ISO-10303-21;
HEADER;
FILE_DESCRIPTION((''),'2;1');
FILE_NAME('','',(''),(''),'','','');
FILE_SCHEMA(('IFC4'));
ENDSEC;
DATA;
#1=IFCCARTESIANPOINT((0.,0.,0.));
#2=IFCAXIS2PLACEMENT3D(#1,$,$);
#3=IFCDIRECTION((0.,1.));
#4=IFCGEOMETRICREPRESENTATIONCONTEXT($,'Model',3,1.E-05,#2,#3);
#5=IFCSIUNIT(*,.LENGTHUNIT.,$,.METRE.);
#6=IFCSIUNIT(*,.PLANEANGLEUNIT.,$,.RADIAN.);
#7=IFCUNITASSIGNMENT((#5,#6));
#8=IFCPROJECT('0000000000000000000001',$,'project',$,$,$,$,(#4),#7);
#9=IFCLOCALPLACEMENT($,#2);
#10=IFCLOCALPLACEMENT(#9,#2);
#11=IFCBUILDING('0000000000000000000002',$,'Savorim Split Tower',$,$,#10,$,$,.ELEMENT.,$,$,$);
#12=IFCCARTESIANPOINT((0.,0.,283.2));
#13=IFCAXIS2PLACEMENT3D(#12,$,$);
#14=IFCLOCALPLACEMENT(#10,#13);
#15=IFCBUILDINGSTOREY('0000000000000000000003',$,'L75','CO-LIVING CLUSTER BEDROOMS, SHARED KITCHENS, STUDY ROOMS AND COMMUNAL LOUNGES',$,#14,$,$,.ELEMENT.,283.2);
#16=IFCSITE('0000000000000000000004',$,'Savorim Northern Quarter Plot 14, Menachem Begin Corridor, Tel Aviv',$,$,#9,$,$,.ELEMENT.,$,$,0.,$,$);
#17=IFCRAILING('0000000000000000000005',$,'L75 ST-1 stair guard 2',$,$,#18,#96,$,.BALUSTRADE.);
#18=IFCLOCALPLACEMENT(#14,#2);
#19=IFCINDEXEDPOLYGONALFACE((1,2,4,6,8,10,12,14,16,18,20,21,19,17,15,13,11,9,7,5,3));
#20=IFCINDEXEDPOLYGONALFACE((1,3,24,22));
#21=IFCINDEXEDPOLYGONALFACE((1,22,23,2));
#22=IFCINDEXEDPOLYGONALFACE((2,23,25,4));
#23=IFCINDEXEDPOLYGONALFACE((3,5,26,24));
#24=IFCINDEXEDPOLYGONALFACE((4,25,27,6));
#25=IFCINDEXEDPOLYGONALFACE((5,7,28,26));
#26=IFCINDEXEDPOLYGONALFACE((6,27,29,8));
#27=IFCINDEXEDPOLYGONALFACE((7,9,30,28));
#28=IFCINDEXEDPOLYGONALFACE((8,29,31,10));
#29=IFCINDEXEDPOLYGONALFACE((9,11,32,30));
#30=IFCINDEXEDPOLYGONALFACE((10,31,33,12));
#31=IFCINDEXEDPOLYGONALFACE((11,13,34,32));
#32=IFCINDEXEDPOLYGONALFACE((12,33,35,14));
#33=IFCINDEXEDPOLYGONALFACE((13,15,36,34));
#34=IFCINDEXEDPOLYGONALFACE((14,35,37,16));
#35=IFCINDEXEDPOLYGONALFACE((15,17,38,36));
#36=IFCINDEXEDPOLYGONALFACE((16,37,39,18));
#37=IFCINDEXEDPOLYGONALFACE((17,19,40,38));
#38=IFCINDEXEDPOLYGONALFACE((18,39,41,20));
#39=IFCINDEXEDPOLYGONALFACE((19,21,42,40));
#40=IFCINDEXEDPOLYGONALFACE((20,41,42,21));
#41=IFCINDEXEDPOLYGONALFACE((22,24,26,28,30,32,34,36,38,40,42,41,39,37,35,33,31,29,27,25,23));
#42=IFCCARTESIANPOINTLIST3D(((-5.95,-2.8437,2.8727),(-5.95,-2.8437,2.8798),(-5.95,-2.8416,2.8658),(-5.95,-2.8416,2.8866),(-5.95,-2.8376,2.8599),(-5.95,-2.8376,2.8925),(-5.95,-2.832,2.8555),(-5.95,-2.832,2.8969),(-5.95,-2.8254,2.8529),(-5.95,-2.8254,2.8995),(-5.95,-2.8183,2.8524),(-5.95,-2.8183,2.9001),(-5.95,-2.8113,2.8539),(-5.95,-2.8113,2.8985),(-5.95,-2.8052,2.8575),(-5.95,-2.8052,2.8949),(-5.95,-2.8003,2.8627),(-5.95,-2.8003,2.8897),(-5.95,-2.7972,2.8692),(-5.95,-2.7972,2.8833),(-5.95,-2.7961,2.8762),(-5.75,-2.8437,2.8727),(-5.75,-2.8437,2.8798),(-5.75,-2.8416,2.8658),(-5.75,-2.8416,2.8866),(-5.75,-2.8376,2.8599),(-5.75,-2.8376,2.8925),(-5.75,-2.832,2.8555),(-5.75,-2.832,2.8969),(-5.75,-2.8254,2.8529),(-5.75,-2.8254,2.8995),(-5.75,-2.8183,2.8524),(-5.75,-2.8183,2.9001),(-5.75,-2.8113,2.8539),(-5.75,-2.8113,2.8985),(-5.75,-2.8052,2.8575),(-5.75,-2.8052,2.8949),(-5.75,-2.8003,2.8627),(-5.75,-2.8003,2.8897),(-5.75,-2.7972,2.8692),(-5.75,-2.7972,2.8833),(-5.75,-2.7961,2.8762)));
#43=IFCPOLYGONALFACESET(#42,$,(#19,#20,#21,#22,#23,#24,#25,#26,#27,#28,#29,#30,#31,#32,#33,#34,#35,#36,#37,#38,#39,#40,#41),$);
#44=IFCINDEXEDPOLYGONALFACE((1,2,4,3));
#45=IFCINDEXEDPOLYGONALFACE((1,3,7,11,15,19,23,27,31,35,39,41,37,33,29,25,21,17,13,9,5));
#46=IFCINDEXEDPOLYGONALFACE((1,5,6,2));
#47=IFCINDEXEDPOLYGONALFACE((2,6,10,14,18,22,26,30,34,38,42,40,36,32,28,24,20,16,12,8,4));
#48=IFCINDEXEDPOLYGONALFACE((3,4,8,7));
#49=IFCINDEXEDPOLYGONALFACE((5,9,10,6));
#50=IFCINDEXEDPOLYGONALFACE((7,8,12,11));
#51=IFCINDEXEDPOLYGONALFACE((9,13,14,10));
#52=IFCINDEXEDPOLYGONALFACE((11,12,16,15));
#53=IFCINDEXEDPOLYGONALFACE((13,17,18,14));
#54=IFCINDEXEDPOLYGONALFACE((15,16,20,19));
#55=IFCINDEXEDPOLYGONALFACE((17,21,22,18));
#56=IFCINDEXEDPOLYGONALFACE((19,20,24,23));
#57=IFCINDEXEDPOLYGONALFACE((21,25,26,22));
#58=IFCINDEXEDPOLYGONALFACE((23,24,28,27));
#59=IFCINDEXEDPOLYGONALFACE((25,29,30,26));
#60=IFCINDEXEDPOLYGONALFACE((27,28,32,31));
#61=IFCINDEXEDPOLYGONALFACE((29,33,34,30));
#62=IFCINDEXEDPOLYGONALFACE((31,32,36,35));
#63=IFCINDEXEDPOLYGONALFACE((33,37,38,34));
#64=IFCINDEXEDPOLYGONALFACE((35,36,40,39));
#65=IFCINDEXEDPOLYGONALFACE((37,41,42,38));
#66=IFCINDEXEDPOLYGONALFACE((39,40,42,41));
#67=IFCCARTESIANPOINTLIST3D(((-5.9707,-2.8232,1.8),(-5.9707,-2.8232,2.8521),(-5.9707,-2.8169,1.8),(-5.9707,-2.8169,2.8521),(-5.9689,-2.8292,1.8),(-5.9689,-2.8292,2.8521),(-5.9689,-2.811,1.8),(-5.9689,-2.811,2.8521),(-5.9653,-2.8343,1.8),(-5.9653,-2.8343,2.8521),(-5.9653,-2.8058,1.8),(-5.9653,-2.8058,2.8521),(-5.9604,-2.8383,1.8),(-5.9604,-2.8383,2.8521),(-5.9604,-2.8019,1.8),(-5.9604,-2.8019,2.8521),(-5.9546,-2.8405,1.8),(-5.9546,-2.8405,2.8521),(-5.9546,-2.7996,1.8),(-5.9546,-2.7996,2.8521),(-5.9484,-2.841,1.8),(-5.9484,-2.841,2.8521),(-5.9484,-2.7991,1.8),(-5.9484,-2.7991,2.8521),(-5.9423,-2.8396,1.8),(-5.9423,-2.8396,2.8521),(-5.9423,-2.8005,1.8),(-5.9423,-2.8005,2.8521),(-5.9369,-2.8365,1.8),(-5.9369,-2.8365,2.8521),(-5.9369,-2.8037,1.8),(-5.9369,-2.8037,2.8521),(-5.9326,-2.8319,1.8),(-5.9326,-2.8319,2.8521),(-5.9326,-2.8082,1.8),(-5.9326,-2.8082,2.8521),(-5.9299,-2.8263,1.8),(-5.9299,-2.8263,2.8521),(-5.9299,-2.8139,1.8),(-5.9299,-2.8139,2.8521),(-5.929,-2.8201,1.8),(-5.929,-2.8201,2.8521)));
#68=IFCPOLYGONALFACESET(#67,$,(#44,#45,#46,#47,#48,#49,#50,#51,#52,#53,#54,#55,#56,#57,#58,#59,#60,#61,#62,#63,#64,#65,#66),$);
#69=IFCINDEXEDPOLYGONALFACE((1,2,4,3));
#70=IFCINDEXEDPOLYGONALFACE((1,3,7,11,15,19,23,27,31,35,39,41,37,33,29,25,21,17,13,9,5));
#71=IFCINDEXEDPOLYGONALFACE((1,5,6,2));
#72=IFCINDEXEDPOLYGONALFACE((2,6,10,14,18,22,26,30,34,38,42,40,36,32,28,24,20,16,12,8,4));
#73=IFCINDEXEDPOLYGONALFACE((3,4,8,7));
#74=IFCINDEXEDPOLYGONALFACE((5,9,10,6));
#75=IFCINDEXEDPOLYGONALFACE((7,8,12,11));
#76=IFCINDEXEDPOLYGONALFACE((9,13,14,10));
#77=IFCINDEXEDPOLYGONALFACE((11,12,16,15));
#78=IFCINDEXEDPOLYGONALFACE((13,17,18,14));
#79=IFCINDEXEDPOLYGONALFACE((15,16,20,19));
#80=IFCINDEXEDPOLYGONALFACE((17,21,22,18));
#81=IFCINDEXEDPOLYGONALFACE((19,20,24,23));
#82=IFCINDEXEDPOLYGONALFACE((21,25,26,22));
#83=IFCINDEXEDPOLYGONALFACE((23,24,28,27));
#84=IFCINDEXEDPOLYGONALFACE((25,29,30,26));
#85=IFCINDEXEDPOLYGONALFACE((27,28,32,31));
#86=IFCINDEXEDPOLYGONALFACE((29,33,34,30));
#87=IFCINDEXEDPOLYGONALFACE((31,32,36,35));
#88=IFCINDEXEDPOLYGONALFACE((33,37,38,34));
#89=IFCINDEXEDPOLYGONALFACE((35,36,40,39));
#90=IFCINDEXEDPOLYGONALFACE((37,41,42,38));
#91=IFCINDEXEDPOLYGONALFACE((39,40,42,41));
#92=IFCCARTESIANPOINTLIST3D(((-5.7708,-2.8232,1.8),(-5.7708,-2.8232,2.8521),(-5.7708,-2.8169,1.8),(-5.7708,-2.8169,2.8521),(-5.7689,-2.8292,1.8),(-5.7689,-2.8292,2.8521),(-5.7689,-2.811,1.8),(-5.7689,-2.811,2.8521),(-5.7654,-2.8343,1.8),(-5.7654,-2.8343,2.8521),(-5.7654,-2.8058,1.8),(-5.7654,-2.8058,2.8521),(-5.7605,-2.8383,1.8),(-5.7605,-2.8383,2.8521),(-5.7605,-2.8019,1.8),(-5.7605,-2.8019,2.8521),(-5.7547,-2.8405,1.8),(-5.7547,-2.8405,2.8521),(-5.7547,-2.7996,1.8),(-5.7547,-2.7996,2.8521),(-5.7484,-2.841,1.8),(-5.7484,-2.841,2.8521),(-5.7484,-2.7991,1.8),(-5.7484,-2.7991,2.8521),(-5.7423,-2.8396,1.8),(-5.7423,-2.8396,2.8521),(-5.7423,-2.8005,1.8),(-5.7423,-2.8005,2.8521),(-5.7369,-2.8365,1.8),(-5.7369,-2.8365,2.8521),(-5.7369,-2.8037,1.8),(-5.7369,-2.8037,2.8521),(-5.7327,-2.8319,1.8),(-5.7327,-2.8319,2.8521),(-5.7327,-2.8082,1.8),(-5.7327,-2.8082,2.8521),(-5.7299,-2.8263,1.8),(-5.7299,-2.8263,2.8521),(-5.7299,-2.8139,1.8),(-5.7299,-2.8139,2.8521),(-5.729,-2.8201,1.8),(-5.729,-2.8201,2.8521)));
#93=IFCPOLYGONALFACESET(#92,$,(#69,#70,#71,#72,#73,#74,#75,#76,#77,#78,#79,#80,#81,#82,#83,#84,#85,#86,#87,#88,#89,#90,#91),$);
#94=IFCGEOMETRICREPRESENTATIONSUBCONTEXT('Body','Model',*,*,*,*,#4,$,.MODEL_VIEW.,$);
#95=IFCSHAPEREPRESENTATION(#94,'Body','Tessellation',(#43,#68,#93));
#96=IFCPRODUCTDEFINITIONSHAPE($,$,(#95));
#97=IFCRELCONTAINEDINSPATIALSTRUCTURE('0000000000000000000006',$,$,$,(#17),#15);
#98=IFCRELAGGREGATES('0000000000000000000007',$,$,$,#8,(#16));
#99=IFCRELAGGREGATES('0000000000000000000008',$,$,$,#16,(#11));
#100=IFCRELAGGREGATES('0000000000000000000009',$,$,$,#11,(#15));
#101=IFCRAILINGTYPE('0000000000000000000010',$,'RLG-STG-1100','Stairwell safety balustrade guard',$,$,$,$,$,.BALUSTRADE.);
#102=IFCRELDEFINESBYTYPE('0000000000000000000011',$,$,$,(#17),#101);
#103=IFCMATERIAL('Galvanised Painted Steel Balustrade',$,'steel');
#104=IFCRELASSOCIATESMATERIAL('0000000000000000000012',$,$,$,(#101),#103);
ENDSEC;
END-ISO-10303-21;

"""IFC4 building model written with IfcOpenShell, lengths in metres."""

from ifc_helpers import new_model, si_unit, direction, frame, origin, origin_2d, place, context, subcontext, project, spatial, circle, extrude, material, type_object, element, save


model = new_model("IFC4")

# Units and contexts
model_context = context("Model", 3, precision=1e-05, world=origin(), true_north=direction((0.0, 1.0)))
body_context = subcontext(model_context, "Body", "Model", "MODEL_VIEW")
ifc_project = project(units=[si_unit("LENGTHUNIT", "METRE"), si_unit("PLANEANGLEUNIT", "RADIAN")], contexts=[model_context])

# Site, building, storey
site_placement = place(None, origin())
site = spatial("IfcSite", under=ifc_project, at=site_placement, Name="Savorim Northern Quarter Plot 14, Menachem Begin Corridor, Tel Aviv", CompositionType="ELEMENT", RefElevation=0.0)
building_placement = place(site_placement, origin())
building = spatial("IfcBuilding", under=site, at=building_placement, Name="Savorim Split Tower", CompositionType="ELEMENT")
storey_placement = place(building_placement, frame((0.0, 0.0, 283.2)))
storey = spatial("IfcBuildingStorey", under=building, at=storey_placement, Name="L75", Description="CO-LIVING CLUSTER BEDROOMS, SHARED KITCHENS, STUDY ROOMS AND COMMUNAL LOUNGES", CompositionType="ELEMENT", Elevation=283.2)

# Railing
ifc_material_1 = material(Name="Galvanised Painted Steel Balustrade", Category="steel")
railing_type_1 = type_object("IfcRailingType", Name="RLG-STG-1100", Description="Stairwell safety balustrade guard", PredefinedType="BALUSTRADE", material=ifc_material_1)
railing_1_placement = place(storey_placement, frame((-5.95, -2.8201, 1.8)))
element("IfcRailing", 1, at=railing_1_placement, inside=storey, type_object=railing_type_1, Name="L75 ST-1 stair guard 2", PredefinedType="BALUSTRADE", context=body_context, shape_type="SweptSolid", body=[
    extrude(circle(Radius=0.0239, at=origin_2d()), frame((0.0, 0.0, 1.0762), z_axis=(1.0, 0.0, 0.0), x_axis=(0.0, 1.0, 0.0)), (0.0, 0.0, 1.0), 0.2),
    extrude(circle(Radius=0.021, at=origin_2d()), origin(), (0.0, 0.0, 1.0), 1.052),
    extrude(circle(Radius=0.021, at=origin_2d()), frame((0.2, 0.0, 0.0)), (0.0, 0.0, 1.0), 1.052),
])

save(model, "model.ifc")
